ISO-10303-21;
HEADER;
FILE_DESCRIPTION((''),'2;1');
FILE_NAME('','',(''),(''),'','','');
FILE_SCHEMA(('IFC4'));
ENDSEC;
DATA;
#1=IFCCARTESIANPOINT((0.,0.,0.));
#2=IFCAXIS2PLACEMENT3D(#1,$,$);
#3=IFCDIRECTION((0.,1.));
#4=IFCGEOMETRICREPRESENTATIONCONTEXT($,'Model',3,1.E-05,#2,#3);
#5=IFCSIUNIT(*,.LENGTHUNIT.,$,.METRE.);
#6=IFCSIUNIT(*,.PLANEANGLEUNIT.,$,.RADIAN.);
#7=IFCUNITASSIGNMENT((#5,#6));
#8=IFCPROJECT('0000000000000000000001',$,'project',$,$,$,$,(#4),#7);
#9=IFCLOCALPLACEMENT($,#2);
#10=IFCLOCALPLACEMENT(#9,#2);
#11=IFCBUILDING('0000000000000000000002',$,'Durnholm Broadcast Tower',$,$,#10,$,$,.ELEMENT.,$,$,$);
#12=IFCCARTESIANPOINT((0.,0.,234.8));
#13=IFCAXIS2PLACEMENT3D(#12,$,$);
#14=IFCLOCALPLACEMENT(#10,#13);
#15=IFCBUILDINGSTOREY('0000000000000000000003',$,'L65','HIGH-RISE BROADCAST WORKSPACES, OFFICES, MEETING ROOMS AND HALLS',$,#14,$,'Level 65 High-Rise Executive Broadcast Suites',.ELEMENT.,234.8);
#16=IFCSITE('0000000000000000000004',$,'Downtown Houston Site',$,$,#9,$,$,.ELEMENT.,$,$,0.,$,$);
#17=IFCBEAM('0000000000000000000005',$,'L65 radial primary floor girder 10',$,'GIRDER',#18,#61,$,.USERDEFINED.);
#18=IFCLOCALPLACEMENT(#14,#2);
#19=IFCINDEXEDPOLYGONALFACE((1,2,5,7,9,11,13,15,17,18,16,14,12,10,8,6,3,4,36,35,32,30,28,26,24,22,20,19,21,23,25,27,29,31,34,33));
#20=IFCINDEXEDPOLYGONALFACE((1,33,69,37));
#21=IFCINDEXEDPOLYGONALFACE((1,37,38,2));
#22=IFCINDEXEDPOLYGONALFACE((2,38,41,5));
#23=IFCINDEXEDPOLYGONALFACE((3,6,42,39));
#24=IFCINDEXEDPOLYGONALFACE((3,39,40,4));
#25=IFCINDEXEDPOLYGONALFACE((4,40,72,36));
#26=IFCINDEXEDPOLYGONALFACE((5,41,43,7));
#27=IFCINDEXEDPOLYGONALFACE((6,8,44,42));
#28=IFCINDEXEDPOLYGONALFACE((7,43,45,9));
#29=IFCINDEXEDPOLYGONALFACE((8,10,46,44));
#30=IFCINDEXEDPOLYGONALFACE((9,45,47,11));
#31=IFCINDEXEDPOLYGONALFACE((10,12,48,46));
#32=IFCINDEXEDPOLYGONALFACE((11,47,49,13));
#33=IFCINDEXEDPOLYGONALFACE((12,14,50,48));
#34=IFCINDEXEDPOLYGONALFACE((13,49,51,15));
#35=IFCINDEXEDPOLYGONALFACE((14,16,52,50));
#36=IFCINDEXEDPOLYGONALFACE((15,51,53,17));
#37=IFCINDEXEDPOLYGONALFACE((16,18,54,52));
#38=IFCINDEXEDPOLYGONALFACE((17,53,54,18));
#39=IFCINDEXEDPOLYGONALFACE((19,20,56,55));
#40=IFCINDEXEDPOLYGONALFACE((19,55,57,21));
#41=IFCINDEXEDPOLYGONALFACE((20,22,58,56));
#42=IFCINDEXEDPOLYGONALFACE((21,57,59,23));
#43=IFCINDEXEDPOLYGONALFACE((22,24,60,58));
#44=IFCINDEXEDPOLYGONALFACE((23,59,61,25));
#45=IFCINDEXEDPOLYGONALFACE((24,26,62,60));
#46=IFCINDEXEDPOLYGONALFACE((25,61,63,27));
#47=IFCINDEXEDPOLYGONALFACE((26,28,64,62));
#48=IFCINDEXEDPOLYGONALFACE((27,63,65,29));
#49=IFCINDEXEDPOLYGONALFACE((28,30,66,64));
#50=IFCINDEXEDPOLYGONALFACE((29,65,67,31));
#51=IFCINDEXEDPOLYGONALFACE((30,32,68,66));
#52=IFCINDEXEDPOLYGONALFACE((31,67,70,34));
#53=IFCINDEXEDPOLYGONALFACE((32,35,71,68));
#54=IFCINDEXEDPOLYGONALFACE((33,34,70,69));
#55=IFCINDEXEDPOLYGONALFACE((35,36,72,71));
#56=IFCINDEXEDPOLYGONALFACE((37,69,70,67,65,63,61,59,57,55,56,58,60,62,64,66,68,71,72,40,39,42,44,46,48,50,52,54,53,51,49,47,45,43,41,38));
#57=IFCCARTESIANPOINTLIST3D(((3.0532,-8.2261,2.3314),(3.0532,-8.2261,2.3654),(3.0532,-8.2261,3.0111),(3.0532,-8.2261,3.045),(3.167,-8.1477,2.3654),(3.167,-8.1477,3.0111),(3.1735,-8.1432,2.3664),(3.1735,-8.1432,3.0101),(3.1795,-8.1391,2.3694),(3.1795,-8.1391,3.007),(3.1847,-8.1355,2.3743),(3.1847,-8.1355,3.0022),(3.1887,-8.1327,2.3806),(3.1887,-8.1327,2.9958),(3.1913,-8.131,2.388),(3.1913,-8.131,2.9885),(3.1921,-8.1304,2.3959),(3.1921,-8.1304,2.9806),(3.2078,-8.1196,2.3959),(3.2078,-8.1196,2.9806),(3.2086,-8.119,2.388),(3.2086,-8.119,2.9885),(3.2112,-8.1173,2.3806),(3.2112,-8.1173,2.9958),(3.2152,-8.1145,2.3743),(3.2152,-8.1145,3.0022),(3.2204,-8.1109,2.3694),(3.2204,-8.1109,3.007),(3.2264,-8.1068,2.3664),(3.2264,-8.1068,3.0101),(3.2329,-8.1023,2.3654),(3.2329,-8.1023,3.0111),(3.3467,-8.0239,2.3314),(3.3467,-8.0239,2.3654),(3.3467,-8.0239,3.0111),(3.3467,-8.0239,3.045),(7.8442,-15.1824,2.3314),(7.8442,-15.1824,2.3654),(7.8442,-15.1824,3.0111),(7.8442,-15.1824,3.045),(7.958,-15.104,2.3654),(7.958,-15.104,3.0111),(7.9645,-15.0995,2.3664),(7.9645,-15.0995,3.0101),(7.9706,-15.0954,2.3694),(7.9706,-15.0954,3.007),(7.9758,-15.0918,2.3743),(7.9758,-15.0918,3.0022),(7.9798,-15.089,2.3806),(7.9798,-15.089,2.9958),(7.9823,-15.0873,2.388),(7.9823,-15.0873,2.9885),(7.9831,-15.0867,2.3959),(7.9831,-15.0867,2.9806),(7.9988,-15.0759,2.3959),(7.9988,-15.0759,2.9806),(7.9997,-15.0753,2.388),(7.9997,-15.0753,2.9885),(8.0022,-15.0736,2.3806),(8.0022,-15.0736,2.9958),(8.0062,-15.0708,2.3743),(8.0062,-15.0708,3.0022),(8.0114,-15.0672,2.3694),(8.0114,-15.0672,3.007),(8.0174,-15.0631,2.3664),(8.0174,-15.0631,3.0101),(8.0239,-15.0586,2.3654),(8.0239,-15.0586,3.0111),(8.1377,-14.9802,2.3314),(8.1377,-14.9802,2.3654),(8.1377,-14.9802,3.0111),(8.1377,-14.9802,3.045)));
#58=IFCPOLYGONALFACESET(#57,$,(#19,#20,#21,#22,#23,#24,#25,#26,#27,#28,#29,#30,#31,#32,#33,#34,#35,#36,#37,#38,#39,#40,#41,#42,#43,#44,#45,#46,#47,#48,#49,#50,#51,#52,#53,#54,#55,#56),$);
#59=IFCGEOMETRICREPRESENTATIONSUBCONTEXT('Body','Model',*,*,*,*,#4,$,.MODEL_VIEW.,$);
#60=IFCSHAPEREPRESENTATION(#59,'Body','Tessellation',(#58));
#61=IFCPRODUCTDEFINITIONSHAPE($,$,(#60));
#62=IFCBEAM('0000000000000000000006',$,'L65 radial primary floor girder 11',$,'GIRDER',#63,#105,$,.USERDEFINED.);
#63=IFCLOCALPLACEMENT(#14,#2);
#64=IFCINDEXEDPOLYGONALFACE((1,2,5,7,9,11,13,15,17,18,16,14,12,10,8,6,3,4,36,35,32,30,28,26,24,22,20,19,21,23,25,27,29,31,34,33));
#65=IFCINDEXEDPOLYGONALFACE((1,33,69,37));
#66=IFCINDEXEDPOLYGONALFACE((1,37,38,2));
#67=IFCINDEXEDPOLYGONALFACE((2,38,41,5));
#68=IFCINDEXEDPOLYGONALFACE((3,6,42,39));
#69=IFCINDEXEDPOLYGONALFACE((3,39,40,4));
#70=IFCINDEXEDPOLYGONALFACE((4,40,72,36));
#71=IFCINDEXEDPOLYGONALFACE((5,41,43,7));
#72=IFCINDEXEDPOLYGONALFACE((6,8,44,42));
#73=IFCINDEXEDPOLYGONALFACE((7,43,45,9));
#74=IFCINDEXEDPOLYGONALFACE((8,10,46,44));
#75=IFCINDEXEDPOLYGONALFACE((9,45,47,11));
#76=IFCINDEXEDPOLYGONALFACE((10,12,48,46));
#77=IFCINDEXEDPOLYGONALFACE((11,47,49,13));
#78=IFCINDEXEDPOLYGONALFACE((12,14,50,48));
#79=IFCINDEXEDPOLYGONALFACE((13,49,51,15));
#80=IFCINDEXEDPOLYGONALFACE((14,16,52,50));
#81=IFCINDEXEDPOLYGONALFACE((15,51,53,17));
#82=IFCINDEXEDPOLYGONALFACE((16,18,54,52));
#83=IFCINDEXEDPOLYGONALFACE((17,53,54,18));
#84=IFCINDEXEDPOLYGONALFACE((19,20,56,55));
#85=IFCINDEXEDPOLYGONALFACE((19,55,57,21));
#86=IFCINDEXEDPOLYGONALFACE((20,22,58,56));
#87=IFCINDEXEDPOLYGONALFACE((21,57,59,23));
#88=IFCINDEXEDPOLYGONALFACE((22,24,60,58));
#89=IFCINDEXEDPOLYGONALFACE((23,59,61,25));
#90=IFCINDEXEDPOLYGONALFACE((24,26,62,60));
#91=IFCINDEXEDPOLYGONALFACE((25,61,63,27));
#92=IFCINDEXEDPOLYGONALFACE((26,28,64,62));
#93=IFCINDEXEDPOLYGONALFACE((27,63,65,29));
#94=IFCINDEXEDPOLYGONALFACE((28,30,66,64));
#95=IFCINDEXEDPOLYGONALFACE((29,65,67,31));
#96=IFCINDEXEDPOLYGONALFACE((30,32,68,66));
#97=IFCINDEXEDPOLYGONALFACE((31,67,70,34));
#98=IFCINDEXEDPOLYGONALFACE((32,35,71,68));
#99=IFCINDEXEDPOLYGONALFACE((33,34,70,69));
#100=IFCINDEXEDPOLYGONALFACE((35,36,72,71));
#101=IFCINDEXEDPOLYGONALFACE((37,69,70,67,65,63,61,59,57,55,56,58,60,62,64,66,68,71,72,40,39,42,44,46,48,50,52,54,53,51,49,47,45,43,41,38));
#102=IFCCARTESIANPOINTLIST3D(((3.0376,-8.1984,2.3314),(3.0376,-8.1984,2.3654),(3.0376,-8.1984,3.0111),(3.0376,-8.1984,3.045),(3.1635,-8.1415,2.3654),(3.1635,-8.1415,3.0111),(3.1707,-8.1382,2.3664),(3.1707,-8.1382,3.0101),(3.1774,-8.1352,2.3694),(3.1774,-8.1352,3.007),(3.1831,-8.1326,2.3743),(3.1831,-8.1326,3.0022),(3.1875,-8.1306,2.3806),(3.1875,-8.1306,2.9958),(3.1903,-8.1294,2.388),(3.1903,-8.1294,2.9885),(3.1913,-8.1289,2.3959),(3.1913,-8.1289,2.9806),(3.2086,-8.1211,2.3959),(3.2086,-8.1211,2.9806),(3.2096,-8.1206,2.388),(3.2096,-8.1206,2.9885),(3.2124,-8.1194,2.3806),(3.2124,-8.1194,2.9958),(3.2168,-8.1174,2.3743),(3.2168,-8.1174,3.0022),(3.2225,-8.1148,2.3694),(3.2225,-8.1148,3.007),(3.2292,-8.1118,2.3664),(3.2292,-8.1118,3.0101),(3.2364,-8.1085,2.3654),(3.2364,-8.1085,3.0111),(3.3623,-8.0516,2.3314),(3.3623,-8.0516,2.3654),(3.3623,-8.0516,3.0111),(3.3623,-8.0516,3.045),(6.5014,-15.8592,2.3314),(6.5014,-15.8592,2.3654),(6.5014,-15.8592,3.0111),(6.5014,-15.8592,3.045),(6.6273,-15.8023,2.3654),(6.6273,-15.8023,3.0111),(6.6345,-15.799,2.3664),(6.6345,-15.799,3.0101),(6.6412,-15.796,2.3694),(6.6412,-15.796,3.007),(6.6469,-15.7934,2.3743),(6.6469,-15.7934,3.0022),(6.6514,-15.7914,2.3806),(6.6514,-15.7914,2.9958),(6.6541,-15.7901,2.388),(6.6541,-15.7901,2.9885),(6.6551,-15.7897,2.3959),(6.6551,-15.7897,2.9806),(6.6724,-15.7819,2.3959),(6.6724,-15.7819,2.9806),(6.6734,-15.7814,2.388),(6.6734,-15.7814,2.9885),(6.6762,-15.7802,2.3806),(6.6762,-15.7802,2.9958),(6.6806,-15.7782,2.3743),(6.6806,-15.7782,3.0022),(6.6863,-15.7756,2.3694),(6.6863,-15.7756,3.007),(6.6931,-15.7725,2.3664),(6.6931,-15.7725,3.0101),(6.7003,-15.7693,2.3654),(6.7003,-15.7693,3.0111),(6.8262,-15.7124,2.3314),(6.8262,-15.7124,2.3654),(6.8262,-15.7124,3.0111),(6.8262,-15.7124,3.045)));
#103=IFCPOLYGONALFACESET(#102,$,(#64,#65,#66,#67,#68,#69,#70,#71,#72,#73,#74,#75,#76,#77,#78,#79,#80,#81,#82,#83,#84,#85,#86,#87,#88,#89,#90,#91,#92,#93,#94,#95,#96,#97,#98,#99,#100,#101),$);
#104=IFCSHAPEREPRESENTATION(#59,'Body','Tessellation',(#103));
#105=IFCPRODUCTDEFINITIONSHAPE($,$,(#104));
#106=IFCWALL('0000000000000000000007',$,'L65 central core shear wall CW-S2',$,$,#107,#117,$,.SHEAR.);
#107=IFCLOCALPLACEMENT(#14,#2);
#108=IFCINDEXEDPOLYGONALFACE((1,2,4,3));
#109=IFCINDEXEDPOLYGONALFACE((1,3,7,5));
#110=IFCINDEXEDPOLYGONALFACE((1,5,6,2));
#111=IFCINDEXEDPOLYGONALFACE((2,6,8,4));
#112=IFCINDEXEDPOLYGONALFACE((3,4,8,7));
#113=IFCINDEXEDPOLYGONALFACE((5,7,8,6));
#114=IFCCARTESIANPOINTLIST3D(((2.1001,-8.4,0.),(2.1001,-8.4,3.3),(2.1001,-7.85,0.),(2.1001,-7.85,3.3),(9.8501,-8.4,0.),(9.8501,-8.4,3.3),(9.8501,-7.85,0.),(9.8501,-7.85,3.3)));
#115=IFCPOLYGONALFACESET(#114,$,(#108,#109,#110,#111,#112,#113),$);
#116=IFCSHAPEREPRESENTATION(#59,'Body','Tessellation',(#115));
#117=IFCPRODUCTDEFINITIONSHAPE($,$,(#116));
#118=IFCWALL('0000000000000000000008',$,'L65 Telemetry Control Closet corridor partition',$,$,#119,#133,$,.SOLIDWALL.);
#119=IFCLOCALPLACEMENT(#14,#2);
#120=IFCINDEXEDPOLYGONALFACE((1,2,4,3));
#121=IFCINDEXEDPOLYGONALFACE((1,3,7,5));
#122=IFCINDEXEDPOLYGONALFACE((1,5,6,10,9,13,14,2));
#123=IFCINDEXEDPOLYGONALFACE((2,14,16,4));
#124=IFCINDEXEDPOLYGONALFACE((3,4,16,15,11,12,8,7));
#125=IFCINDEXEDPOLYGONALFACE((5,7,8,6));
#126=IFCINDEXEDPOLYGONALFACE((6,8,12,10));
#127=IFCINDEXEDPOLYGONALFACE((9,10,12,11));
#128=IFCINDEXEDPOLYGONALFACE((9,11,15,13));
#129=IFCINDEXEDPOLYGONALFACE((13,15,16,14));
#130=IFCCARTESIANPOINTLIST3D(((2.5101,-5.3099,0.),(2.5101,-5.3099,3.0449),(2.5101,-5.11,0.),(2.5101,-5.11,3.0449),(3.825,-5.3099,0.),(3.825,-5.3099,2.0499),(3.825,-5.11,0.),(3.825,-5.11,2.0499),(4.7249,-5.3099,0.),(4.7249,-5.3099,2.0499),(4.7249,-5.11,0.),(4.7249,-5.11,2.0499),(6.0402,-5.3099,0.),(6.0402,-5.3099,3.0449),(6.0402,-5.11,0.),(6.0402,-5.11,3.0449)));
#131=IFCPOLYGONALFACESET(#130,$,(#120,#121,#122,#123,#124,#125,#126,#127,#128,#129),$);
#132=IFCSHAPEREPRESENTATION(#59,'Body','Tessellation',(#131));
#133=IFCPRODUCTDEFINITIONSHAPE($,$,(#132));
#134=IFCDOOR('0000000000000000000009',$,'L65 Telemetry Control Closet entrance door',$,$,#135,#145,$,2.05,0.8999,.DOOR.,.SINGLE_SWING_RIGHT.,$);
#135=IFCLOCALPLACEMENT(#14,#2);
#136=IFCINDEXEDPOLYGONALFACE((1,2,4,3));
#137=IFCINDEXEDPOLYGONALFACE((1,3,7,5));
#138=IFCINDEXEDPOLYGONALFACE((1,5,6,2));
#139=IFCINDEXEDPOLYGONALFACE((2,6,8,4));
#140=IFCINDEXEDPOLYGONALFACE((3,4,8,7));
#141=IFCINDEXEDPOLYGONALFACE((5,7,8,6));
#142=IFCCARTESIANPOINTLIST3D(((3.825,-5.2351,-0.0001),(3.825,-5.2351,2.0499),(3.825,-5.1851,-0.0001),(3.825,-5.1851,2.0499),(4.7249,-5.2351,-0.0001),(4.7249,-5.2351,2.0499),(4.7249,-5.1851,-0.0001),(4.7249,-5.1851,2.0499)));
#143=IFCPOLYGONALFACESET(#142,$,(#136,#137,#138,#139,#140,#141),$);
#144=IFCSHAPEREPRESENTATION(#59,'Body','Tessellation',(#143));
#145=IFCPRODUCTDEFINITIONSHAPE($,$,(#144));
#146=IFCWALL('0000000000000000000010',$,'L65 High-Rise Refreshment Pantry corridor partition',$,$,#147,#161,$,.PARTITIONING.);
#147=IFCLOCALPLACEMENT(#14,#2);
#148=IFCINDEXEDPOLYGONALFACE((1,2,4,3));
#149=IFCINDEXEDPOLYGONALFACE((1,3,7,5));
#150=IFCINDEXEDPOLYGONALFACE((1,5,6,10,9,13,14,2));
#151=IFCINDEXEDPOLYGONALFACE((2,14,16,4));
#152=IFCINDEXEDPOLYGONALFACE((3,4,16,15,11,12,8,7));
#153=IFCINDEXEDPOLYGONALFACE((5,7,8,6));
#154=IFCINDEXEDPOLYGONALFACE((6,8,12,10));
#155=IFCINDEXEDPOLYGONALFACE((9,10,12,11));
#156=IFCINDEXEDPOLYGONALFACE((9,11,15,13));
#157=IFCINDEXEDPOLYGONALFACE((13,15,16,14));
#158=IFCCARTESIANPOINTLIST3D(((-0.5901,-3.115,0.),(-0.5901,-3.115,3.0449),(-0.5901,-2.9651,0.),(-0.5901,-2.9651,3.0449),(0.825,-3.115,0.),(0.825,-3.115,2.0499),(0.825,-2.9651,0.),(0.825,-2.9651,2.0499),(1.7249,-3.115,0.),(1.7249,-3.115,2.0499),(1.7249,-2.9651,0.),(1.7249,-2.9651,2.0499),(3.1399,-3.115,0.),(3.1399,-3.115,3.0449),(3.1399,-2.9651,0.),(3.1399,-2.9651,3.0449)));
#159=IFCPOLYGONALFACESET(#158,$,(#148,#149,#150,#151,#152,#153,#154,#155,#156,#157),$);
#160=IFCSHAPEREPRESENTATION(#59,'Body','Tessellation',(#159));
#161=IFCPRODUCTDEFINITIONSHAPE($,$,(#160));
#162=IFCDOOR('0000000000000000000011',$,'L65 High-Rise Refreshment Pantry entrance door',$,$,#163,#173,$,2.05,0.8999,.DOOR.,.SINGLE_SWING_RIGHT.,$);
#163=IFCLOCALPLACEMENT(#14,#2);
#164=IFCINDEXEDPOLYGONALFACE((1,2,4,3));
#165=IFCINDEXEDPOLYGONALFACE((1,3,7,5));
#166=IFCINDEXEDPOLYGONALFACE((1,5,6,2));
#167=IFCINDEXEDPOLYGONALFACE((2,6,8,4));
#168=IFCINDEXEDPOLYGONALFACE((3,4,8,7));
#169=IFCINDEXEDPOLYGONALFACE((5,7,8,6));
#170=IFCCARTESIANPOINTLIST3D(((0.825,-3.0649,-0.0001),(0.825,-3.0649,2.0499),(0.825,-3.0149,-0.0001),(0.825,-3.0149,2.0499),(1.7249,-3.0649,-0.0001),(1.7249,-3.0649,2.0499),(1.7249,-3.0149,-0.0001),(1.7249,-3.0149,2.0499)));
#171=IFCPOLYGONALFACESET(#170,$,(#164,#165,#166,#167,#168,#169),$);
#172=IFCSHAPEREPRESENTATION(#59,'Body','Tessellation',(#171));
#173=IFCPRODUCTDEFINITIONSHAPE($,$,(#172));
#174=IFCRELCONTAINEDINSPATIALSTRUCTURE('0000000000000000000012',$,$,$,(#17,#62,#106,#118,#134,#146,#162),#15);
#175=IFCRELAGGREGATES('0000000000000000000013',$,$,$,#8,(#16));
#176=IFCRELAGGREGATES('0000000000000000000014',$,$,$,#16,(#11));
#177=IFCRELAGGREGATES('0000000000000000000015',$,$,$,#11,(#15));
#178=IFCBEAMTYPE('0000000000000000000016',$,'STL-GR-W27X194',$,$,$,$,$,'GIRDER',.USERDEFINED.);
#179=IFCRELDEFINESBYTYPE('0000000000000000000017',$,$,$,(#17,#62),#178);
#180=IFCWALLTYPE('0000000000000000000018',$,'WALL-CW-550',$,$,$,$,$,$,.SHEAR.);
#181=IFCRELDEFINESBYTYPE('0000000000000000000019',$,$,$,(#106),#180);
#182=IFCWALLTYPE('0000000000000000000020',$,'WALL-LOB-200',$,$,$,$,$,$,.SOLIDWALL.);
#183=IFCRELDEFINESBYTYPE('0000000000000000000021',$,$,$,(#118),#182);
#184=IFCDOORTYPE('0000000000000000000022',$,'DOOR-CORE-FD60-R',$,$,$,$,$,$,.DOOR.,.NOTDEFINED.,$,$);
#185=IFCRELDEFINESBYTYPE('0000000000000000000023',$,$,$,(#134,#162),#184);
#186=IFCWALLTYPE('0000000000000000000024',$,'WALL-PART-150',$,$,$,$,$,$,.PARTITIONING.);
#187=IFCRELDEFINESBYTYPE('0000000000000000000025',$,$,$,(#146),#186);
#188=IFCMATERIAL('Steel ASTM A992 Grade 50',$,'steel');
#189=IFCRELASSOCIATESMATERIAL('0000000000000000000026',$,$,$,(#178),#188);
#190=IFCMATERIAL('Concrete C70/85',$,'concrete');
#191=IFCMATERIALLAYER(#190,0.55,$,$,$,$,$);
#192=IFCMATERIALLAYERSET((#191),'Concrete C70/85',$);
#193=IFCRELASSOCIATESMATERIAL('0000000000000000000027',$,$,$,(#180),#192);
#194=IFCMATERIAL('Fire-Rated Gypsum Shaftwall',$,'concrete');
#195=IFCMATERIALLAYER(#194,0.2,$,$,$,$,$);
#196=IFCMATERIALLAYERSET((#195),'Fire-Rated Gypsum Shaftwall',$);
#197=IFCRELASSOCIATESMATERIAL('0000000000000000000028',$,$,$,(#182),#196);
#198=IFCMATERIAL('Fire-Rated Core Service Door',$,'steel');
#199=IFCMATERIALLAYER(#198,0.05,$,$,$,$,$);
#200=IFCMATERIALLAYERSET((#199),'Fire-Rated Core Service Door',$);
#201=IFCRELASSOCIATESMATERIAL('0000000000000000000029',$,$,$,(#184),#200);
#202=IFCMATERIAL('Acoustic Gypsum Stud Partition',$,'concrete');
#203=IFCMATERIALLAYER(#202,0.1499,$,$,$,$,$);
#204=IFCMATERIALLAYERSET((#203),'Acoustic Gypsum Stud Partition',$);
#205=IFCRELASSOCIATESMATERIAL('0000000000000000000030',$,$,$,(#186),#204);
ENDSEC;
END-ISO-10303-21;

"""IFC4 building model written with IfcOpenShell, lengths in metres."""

from ifc_helpers import new_model, si_unit, direction, frame, frame_2d, origin, origin_2d, place, context, subcontext, project, spatial, rectangle, i_section, extrude, source, transform, mapped, material, layer, layer_set, material_profile, profile_set, type_object, type_shapes, element, fill, save


model = new_model("IFC4")

# Units and contexts
model_context = context("Model", 3, precision=1e-05, world=origin(), true_north=direction((0.0, 1.0)))
body_context = subcontext(model_context, "Body", "Model", "MODEL_VIEW")
ifc_project = project(units=[si_unit("LENGTHUNIT", "METRE"), si_unit("PLANEANGLEUNIT", "RADIAN")], contexts=[model_context])

# Site, building, storey
site_placement = place(None, origin())
site = spatial("IfcSite", under=ifc_project, at=site_placement, Name="Downtown Houston Site", CompositionType="ELEMENT", RefElevation=0.0)
building_placement = place(site_placement, origin())
building = spatial("IfcBuilding", under=site, at=building_placement, Name="Durnholm Broadcast Tower", CompositionType="ELEMENT")
storey_placement = place(building_placement, frame((0.0, 0.0, 234.8)))
storey = spatial("IfcBuildingStorey", under=building, at=storey_placement, Name="L65", Description="HIGH-RISE BROADCAST WORKSPACES, OFFICES, MEETING ROOMS AND HALLS", LongName="Level 65 High-Rise Executive Broadcast Suites", CompositionType="ELEMENT", Elevation=234.8)

# Beams
ifc_material_1 = material(Name="Steel ASTM A992 Grade 50", Category="steel")
ifc_material_profile = material_profile(ifc_material_1, i_section(OverallWidth=0.3564, OverallDepth=0.7136, WebThickness=0.019, FlangeThickness=0.0339, FilletRadius=0.0305, at=origin_2d()), Name="W27X194")
ifc_profile_set = profile_set([ifc_material_profile], Name="Steel ASTM A992 Grade 50")
beam_type = type_object("IfcBeamType", Name="STL-GR-W27X194", ElementType="GIRDER", PredefinedType="USERDEFINED", material=ifc_profile_set)
shared_shape_1 = source(origin(), body_context, "Body", "SweptSolid", [
    extrude(i_section(OverallWidth=0.3564, OverallDepth=0.7136, WebThickness=0.019, FlangeThickness=0.0339, FilletRadius=0.0305, at=origin_2d()), origin(), (0.0, 0.0, 1.0), 8.4465),
])
beam_1_placement = place(storey_placement, frame((3.2, -8.125, 2.6882), z_axis=(0.567217, -0.823569, 0.0), x_axis=(0.823569, 0.567217, 0.0)))
element("IfcBeam", 1, at=beam_1_placement, inside=storey, type_object=beam_type, Name="L65 radial primary floor girder 10", ObjectType="GIRDER", PredefinedType="USERDEFINED", context=body_context, shape_type="MappedRepresentation", body=[
    mapped(shared_shape_1, transform((0.0, 0.0, 0.0), x_axis=(1.0, 0.0, 0.0), y_axis=(0.0, 1.0, 0.0), z_axis=(0.0, 0.0, 1.0), scale=1.0)),
])
shared_shape_2 = source(origin(), body_context, "Body", "SweptSolid", [
    extrude(i_section(OverallWidth=0.3564, OverallDepth=0.7136, WebThickness=0.019, FlangeThickness=0.0339, FilletRadius=0.0305, at=origin_2d()), origin(), (0.0, 0.0, 1.0), 8.4075),
])
type_shapes(beam_type, [shared_shape_1, shared_shape_2])
beam_2_placement = place(storey_placement, frame((3.2, -8.125, 2.6882), z_axis=(0.411993, -0.911187, 0.0), x_axis=(0.911187, 0.411993, 0.0)))
element("IfcBeam", 2, at=beam_2_placement, inside=storey, type_object=beam_type, Name="L65 radial primary floor girder 11", ObjectType="GIRDER", PredefinedType="USERDEFINED", context=body_context, shape_type="MappedRepresentation", body=[
    mapped(shared_shape_2, transform((0.0, 0.0, 0.0), x_axis=(1.0, 0.0, 0.0), y_axis=(0.0, 1.0, 0.0), z_axis=(0.0, 0.0, 1.0), scale=1.0)),
])

# Wall
ifc_material_2 = material(Name="Concrete C70/85", Category="concrete")
ifc_layer_1 = layer(ifc_material_2, 0.55)
ifc_layer_set_1 = layer_set([ifc_layer_1], Name="Concrete C70/85")
wall_type_1 = type_object("IfcWallType", Name="WALL-CW-550", PredefinedType="SHEAR", material=ifc_layer_set_1)
wall_1_placement = place(storey_placement, frame((2.1001, -8.125, 0.0), z_axis=(0.0, 0.0, 1.0), x_axis=(1.0, 0.0, 0.0)))
element("IfcWall", 3, at=wall_1_placement, inside=storey, type_object=wall_type_1, Name="L65 central core shear wall CW-S2", PredefinedType="SHEAR", context=body_context, shape_type="SweptSolid", body=[
    extrude(rectangle(XDim=7.75, YDim=0.55, at=frame_2d((3.875, 0.0))), origin(), (0.0, 0.0, 1.0), 3.3),
])

# Walls, openings, doors
ifc_material_3 = material(Name="Fire-Rated Gypsum Shaftwall", Category="concrete")
ifc_layer_2 = layer(ifc_material_3, 0.2)
ifc_layer_set_2 = layer_set([ifc_layer_2], Name="Fire-Rated Gypsum Shaftwall")
wall_type_2 = type_object("IfcWallType", Name="WALL-LOB-200", PredefinedType="SOLIDWALL", material=ifc_layer_set_2)
wall_2_placement = place(storey_placement, frame((2.51, -5.21, 0.0), z_axis=(0.0, 0.0, 1.0), x_axis=(1.0, 0.0, 0.0)))
wall_2 = element("IfcWall", 4, at=wall_2_placement, inside=storey, type_object=wall_type_2, Name="L65 Telemetry Control Closet corridor partition", PredefinedType="SOLIDWALL", context=body_context, shape_type="SweptSolid", body=[
    extrude(rectangle(XDim=3.53, YDim=0.2, at=frame_2d((1.7651, 0.0))), origin(), (0.0, 0.0, 1.0), 3.0449),
])
opening_1_placement = place(wall_2_placement, frame((1.3149, 0.0, 0.0)))
opening_1 = element("IfcOpeningElement", 5, at=opening_1_placement, cuts=wall_2, PredefinedType="OPENING", context=body_context, shape_type="SweptSolid", body=[
    extrude(rectangle(XDim=0.8999, YDim=2.05, at=frame_2d((0.45, 1.0249))), frame((0.0, 0.1099, 0.0), z_axis=(0.0, -1.0, 0.0), x_axis=(1.0, 0.0, 0.0)), (0.0, 0.0, 1.0), 0.22),
])
ifc_material_4 = material(Name="Fire-Rated Core Service Door", Category="steel")
ifc_layer_3 = layer(ifc_material_4, 0.05)
ifc_layer_set_3 = layer_set([ifc_layer_3], Name="Fire-Rated Core Service Door")
door_type_1 = type_object("IfcDoorType", Name="DOOR-CORE-FD60-R", OperationType="NOTDEFINED", PredefinedType="DOOR", material=ifc_layer_set_3)
shared_shape_3 = source(origin(), body_context, "Body", "SweptSolid", [
    extrude(rectangle(XDim=0.8999, YDim=2.05, at=frame_2d((0.45, 1.0249))), frame((0.0, 0.0249, 0.0), z_axis=(0.0, -1.0, 0.0), x_axis=(1.0, 0.0, 0.0)), (0.0, 0.0, 1.0), 0.05),
])
type_shapes(door_type_1, [shared_shape_3])
door_1_placement = place(opening_1_placement, origin())
door_1 = element("IfcDoor", 6, at=door_1_placement, inside=storey, type_object=door_type_1, Name="L65 Telemetry Control Closet entrance door", OperationType="SINGLE_SWING_RIGHT", OverallHeight=2.05, OverallWidth=0.8999, PredefinedType="DOOR", context=body_context, shape_type="MappedRepresentation", body=[
    mapped(shared_shape_3, transform((0.0, 0.0, 0.0), x_axis=(1.0, 0.0, 0.0), y_axis=(0.0, 1.0, 0.0), z_axis=(0.0, 0.0, 1.0), scale=1.0)),
])
fill(opening_1, door_1)
ifc_material_5 = material(Name="Acoustic Gypsum Stud Partition", Category="concrete")
ifc_layer_4 = layer(ifc_material_5, 0.1499)
ifc_layer_set_4 = layer_set([ifc_layer_4], Name="Acoustic Gypsum Stud Partition")
wall_type_3 = type_object("IfcWallType", Name="WALL-PART-150", PredefinedType="PARTITIONING", material=ifc_layer_set_4)
wall_3_placement = place(storey_placement, frame((3.1399, -3.04, 0.0), z_axis=(0.0, 0.0, 1.0), x_axis=(-1.0, 0.0, 0.0)))
wall_3 = element("IfcWall", 7, at=wall_3_placement, inside=storey, type_object=wall_type_3, Name="L65 High-Rise Refreshment Pantry corridor partition", PredefinedType="PARTITIONING", context=body_context, shape_type="SweptSolid", body=[
    extrude(rectangle(XDim=3.73, YDim=0.1499, at=frame_2d((1.865, 0.0))), origin(), (0.0, 0.0, 1.0), 3.0449),
])
opening_2_placement = place(wall_3_placement, frame((1.415, 0.0, 0.0)))
opening_2 = element("IfcOpeningElement", 8, at=opening_2_placement, cuts=wall_3, PredefinedType="OPENING", context=body_context, shape_type="SweptSolid", body=[
    extrude(rectangle(XDim=0.8999, YDim=2.05, at=frame_2d((0.45, 1.0249))), frame((0.0, 0.085, 0.0), z_axis=(0.0, -1.0, 0.0), x_axis=(1.0, 0.0, 0.0)), (0.0, 0.0, 1.0), 0.1699),
])
door_2_placement = place(opening_2_placement, origin())
door_2 = element("IfcDoor", 9, at=door_2_placement, inside=storey, type_object=door_type_1, Name="L65 High-Rise Refreshment Pantry entrance door", OperationType="SINGLE_SWING_RIGHT", OverallHeight=2.05, OverallWidth=0.8999, PredefinedType="DOOR", context=body_context, shape_type="MappedRepresentation", body=[
    mapped(shared_shape_3, transform((0.0, 0.0, 0.0), x_axis=(1.0, 0.0, 0.0), y_axis=(0.0, 1.0, 0.0), z_axis=(0.0, 0.0, 1.0), scale=1.0)),
])
fill(opening_2, door_2)

save(model, "model.ifc")
